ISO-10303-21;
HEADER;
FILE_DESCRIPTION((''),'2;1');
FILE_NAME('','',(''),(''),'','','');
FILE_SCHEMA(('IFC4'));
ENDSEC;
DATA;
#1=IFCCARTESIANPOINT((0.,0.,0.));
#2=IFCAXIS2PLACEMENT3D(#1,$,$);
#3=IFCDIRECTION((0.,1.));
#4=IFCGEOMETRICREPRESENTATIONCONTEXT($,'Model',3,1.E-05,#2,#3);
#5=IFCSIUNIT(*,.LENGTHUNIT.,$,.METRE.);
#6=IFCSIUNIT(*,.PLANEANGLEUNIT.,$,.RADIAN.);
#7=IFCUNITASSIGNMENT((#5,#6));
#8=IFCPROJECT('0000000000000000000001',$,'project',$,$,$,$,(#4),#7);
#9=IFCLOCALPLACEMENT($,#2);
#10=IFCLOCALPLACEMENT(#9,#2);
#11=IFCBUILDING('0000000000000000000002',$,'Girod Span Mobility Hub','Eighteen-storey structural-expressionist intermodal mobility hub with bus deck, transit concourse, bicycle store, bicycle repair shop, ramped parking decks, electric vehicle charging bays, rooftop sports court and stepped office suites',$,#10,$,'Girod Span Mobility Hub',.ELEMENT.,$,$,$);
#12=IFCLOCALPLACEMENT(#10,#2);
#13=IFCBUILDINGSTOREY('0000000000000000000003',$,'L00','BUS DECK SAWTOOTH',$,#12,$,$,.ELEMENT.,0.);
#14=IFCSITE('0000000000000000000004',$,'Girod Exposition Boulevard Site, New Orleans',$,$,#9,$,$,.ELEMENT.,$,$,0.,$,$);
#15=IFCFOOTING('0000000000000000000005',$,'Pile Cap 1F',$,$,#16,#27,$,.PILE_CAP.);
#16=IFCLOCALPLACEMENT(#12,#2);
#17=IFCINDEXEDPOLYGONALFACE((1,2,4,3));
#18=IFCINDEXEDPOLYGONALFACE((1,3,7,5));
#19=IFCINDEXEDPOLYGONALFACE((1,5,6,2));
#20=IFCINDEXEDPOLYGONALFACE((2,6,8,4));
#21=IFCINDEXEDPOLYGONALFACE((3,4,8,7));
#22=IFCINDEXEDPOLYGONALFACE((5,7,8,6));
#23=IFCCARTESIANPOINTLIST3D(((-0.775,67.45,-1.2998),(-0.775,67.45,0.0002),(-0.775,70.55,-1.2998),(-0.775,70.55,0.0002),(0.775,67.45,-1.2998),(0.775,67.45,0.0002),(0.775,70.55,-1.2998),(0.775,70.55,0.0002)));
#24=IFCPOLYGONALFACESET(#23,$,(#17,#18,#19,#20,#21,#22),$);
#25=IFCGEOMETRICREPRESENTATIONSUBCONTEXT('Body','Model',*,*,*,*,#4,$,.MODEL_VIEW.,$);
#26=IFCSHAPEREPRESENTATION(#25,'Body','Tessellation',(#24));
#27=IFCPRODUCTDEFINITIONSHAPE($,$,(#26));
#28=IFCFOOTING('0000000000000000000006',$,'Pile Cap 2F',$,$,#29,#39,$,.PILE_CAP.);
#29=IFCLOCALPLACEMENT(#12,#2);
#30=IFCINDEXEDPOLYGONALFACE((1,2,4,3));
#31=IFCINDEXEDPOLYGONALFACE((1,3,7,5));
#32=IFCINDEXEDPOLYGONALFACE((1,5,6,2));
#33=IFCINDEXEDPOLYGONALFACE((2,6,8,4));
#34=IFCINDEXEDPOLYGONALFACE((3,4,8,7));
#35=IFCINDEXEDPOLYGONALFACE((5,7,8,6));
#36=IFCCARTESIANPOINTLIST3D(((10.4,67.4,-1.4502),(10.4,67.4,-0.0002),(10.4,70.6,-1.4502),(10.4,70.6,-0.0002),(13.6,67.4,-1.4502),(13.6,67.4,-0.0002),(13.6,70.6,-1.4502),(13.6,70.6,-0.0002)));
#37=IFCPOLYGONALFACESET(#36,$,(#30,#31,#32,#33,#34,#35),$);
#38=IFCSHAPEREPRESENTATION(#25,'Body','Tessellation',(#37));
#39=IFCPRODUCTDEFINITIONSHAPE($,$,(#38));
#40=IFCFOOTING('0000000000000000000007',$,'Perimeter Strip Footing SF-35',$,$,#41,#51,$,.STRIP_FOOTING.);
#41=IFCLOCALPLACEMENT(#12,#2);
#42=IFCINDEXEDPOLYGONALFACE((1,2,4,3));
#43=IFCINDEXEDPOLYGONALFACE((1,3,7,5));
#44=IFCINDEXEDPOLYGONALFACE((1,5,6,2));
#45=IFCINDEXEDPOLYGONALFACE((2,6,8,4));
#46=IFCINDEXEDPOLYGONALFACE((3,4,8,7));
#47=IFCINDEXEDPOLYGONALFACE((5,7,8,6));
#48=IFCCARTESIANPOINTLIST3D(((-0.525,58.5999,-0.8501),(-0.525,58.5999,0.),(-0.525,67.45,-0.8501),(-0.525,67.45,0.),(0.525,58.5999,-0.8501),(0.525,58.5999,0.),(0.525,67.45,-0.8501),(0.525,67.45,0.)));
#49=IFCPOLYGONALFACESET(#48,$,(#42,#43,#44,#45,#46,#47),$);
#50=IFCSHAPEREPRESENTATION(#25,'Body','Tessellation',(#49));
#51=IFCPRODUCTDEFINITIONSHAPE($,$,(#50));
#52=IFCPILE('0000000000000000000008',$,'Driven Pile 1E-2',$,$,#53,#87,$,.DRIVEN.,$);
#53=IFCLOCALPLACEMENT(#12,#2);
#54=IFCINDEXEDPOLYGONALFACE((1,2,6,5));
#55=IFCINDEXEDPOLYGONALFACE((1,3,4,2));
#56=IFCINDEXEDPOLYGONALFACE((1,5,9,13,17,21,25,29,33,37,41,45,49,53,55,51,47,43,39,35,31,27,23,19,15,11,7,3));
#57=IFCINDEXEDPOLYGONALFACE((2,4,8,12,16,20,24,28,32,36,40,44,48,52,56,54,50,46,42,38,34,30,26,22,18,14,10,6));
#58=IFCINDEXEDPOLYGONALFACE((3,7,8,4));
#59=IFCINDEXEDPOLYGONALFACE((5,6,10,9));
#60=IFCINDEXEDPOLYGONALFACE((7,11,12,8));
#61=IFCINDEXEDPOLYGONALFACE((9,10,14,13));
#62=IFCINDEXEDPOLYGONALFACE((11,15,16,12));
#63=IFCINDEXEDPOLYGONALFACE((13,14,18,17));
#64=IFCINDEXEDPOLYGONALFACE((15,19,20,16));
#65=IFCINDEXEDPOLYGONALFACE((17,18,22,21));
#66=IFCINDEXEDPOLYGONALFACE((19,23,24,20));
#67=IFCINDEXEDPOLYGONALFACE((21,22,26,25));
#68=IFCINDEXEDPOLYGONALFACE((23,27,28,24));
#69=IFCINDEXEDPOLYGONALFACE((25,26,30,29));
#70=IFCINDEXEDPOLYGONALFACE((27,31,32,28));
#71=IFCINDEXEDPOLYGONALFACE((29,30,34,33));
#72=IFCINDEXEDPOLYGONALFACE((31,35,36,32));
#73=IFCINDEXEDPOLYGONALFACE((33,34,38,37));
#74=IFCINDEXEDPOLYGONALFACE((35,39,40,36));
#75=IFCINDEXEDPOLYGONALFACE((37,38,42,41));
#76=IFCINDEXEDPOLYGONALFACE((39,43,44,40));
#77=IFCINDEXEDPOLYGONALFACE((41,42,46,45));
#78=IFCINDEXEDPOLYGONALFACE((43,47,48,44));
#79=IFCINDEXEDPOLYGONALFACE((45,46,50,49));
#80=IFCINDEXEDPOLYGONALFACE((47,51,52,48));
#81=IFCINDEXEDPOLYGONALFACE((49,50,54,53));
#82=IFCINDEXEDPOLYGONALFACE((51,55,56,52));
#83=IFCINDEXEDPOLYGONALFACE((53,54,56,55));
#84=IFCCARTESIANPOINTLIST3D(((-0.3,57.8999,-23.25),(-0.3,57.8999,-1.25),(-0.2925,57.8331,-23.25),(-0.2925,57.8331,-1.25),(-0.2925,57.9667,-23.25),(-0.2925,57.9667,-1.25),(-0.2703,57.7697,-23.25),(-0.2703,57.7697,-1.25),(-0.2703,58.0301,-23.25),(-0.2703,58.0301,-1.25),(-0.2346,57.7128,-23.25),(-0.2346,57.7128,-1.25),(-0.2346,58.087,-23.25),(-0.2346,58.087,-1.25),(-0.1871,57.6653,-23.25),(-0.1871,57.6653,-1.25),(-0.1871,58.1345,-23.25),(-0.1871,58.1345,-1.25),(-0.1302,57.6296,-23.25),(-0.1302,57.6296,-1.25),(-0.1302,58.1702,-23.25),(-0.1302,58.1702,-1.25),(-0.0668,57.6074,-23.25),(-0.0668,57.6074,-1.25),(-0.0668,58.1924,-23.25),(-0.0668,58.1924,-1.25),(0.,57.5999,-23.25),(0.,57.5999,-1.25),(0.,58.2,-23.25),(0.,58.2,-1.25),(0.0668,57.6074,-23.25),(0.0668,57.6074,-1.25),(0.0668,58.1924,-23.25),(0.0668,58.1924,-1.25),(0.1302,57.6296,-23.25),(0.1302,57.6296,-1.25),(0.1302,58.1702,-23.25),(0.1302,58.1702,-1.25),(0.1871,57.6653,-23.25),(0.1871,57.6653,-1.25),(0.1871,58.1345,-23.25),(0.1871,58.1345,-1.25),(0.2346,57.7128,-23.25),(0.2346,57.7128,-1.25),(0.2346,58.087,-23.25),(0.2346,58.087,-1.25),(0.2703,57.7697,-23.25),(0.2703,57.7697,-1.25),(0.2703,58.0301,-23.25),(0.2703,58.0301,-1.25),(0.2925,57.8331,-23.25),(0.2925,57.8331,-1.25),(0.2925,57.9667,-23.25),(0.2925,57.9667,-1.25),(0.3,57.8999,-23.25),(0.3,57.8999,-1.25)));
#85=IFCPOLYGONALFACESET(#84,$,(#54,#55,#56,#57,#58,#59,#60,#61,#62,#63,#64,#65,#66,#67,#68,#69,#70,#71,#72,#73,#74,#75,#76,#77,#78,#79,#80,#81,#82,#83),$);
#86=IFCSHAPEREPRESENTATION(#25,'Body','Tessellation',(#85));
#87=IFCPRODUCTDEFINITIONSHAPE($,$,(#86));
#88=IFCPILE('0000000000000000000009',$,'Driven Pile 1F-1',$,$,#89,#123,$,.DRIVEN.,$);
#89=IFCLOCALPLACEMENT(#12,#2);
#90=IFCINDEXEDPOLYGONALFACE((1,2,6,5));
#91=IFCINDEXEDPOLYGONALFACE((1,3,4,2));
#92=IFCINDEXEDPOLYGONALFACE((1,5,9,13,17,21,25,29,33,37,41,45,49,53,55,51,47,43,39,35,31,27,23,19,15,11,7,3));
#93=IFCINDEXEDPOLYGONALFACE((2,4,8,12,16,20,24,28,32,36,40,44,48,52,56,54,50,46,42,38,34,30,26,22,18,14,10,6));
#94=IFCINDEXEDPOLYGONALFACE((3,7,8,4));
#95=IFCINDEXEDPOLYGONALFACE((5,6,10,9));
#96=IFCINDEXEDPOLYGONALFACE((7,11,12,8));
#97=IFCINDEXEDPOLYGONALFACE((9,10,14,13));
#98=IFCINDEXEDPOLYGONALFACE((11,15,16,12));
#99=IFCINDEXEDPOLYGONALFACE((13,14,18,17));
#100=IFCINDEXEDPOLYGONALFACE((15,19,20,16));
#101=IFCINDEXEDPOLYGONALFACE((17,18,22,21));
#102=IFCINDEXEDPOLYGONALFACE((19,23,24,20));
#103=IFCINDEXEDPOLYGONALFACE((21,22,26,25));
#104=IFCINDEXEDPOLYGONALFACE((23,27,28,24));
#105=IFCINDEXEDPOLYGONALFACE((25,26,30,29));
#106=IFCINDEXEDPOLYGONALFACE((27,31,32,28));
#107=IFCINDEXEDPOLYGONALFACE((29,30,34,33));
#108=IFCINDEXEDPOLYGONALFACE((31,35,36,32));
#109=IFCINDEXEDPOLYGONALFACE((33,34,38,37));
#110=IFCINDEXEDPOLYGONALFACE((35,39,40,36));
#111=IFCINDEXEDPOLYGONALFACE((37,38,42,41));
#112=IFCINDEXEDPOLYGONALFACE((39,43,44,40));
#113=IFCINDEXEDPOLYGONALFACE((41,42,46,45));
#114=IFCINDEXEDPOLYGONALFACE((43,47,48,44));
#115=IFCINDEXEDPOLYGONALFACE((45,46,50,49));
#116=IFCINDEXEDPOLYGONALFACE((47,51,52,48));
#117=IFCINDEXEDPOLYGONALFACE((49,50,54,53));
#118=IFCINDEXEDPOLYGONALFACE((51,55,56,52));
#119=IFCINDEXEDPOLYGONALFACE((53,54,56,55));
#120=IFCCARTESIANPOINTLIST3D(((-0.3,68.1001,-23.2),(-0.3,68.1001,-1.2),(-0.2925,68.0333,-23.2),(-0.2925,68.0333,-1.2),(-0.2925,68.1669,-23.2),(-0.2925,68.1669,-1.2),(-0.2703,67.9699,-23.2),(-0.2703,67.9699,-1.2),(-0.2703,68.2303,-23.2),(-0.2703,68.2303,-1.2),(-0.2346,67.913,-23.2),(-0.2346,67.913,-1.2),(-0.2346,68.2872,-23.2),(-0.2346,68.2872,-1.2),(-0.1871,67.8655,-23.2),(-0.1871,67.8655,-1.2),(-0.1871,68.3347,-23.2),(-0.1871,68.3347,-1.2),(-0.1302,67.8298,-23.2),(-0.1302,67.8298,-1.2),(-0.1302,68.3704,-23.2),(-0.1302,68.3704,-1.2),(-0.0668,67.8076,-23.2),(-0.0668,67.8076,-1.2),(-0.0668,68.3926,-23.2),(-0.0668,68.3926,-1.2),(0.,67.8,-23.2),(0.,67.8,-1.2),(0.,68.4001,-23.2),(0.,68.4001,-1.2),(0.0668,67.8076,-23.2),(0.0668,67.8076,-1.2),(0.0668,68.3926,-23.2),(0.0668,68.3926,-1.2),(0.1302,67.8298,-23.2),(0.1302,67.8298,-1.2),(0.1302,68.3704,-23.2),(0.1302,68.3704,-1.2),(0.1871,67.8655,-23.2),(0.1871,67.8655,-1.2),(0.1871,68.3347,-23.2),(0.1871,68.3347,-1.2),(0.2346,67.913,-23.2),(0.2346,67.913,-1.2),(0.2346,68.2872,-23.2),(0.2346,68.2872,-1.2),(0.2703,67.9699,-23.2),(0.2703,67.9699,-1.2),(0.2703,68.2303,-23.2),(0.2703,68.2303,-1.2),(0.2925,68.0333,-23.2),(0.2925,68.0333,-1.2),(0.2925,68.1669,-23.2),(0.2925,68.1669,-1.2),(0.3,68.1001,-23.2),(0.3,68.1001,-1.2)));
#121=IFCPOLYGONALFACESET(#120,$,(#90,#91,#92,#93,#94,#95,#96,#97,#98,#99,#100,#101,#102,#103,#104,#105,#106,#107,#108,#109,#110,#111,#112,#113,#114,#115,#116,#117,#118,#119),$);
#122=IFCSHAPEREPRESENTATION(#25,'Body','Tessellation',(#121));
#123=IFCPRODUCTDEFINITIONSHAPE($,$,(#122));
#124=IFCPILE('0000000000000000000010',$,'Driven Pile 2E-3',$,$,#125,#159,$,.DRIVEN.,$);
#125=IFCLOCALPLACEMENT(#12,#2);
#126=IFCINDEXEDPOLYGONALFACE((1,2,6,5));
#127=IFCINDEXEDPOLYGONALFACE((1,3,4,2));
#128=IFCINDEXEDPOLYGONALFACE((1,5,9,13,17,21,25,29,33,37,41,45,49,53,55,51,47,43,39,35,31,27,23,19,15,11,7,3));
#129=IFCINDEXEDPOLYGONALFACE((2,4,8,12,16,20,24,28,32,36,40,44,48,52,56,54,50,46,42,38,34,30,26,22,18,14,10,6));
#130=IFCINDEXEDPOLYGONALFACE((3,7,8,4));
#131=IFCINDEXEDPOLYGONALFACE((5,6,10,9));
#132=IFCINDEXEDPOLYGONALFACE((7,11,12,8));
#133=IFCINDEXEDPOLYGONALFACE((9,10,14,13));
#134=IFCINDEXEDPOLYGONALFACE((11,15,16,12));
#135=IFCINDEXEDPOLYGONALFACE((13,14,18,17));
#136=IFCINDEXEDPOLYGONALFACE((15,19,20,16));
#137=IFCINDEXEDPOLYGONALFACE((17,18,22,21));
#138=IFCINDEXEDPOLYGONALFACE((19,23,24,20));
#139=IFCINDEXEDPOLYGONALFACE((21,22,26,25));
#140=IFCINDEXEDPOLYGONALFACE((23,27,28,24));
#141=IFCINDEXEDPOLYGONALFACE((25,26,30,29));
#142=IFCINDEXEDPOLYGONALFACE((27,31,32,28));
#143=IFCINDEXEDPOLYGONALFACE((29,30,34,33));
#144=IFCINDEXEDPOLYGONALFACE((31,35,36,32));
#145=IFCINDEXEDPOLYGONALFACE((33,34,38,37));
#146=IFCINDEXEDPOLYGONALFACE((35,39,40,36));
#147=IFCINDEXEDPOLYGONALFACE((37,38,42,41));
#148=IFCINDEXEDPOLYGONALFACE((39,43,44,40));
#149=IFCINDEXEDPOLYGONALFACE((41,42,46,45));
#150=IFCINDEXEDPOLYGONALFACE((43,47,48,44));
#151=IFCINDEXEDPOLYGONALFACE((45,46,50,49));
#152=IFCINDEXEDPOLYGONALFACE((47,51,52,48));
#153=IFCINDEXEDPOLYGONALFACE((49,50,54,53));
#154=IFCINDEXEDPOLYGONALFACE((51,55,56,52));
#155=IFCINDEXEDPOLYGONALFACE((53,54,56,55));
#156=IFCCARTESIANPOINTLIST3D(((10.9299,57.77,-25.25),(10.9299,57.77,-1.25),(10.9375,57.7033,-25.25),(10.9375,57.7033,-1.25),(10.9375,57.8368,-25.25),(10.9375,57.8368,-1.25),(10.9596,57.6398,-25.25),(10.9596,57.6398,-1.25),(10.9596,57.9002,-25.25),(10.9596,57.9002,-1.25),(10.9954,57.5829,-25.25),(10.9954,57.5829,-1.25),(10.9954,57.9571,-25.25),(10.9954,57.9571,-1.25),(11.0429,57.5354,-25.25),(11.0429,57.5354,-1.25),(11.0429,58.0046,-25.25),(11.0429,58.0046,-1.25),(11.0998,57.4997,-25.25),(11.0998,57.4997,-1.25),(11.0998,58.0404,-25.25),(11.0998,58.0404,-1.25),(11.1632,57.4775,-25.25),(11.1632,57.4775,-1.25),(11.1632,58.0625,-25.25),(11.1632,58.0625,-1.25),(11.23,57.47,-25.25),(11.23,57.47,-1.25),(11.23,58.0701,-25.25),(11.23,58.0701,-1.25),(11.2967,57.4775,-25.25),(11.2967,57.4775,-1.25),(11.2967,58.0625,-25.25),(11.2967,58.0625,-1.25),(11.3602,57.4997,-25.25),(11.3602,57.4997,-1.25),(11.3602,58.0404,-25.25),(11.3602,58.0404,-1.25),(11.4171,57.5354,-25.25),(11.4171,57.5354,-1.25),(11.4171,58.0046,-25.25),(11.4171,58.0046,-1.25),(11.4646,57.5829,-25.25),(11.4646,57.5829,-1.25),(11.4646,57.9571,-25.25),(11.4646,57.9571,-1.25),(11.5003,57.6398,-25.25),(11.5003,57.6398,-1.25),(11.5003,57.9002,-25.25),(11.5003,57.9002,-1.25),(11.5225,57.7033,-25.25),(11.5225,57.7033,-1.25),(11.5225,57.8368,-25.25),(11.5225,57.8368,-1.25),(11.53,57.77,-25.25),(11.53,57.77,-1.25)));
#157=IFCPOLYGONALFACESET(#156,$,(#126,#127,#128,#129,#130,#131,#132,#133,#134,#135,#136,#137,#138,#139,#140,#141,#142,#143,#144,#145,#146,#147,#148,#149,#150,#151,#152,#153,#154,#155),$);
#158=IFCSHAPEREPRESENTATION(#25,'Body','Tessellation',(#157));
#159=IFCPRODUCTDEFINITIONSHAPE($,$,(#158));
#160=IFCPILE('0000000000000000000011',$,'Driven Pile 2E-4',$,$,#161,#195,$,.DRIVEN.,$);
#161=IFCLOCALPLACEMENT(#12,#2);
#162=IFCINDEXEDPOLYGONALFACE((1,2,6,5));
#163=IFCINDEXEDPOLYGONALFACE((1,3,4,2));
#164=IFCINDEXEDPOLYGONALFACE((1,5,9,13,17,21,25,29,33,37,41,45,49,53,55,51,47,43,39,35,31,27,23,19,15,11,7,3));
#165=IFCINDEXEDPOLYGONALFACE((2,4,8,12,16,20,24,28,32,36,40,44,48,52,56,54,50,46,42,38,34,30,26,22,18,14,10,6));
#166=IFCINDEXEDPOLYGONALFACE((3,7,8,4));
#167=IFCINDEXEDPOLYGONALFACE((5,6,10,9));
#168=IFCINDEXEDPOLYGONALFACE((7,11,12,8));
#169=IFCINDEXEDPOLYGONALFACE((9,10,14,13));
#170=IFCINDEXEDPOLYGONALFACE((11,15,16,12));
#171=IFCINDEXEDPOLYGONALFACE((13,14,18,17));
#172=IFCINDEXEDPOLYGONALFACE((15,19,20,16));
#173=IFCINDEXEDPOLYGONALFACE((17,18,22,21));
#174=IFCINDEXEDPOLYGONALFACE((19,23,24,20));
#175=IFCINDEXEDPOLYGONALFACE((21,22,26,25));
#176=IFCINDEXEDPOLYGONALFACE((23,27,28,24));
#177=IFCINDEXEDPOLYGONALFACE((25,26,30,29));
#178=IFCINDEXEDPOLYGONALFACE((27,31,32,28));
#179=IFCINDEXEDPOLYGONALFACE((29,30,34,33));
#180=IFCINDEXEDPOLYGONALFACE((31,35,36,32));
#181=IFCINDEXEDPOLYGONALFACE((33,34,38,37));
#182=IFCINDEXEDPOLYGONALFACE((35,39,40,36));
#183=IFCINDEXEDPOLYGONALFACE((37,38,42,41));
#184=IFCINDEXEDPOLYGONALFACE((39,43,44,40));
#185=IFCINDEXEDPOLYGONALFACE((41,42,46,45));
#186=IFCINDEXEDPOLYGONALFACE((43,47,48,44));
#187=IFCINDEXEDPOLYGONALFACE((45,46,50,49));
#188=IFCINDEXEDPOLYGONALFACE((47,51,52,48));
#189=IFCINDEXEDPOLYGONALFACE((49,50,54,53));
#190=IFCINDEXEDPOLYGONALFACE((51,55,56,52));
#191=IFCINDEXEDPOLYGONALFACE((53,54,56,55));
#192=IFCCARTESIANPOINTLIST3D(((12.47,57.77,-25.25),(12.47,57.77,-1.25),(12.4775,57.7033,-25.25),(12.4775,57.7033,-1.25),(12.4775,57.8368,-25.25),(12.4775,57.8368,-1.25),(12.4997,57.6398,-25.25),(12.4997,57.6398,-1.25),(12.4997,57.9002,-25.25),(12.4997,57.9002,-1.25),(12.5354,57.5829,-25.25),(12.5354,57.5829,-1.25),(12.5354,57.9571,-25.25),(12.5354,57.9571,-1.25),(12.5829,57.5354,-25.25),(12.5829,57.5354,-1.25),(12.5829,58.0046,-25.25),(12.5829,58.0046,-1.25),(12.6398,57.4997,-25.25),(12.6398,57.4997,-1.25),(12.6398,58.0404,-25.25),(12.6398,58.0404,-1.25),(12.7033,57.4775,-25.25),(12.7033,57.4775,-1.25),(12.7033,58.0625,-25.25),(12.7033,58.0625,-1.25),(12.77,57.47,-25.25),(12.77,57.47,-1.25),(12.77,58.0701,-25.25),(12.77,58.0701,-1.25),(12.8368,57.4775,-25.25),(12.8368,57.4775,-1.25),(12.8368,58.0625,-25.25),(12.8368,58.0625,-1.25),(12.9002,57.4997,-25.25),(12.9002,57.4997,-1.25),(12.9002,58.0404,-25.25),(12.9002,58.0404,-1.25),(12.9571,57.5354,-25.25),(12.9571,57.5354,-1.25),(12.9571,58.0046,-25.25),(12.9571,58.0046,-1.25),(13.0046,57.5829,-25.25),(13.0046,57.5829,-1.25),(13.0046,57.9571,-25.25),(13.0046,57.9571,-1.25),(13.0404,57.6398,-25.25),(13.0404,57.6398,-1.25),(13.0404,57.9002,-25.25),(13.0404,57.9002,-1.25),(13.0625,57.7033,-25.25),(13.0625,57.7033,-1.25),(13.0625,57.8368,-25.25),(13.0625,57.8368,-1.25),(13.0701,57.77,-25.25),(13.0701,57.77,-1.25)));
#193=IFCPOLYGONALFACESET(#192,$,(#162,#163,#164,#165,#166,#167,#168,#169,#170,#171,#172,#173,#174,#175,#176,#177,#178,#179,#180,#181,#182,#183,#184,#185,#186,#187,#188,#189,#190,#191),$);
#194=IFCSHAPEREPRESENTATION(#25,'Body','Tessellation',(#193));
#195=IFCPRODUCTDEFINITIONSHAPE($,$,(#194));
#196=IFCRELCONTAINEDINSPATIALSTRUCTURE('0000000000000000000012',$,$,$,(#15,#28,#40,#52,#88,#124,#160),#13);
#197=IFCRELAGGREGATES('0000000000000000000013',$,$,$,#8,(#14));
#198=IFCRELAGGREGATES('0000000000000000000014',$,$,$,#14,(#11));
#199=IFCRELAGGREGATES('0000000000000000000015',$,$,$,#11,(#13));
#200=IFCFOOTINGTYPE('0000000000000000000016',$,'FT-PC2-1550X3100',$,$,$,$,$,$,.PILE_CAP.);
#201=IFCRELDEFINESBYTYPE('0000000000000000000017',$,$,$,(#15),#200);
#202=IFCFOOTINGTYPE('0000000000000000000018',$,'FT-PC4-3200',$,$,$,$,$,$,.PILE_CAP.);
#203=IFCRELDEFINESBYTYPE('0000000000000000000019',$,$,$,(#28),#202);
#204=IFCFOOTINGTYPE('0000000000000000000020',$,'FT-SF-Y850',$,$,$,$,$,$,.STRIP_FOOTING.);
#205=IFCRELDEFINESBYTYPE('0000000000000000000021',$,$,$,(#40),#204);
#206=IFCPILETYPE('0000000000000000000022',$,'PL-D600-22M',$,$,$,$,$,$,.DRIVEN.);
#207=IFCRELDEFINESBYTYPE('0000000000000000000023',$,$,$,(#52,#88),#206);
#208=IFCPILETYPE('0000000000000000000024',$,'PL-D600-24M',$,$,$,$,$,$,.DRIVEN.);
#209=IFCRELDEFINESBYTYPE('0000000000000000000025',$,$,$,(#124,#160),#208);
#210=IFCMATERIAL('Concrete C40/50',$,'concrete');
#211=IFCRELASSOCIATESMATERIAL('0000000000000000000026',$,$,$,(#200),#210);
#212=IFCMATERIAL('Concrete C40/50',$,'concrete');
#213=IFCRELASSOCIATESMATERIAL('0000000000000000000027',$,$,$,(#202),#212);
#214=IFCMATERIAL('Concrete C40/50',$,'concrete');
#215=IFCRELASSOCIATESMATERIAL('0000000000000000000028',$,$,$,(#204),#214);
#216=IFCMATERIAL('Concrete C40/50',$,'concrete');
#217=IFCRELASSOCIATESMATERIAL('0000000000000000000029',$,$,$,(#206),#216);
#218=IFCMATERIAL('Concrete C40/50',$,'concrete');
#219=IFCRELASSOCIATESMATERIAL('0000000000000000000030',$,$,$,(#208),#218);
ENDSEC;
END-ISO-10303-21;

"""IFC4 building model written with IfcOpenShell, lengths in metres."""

from ifc_helpers import new_model, si_unit, direction, frame, origin, origin_2d, place, context, subcontext, project, spatial, rectangle, circle, extrude, material, material_profile, profile_set, type_object, element, save


model = new_model("IFC4")

# Units and contexts
model_context = context("Model", 3, precision=1e-05, world=origin(), true_north=direction((0.0, 1.0)))
body_context = subcontext(model_context, "Body", "Model", "MODEL_VIEW")
ifc_project = project(units=[si_unit("LENGTHUNIT", "METRE"), si_unit("PLANEANGLEUNIT", "RADIAN")], contexts=[model_context])

# Site, building, storey
site_placement = place(None, origin())
site = spatial("IfcSite", under=ifc_project, at=site_placement, Name="Girod Exposition Boulevard Site, New Orleans", CompositionType="ELEMENT", RefElevation=0.0)
building_placement = place(site_placement, origin())
building = spatial("IfcBuilding", under=site, at=building_placement, Name="Girod Span Mobility Hub", Description="Eighteen-storey structural-expressionist intermodal mobility hub with bus deck, transit concourse, bicycle store, bicycle repair shop, ramped parking decks, electric vehicle charging bays, rooftop sports court and stepped office suites", LongName="Girod Span Mobility Hub", CompositionType="ELEMENT")
storey_placement = place(building_placement, origin())
storey = spatial("IfcBuildingStorey", under=building, at=storey_placement, Name="L00", Description="BUS DECK SAWTOOTH", CompositionType="ELEMENT", Elevation=0.0)

# Footings
ifc_material_1 = material(Name="Concrete C40/50", Category="concrete")
footing_type_1 = type_object("IfcFootingType", Name="FT-PC2-1550X3100", PredefinedType="PILE_CAP", material=ifc_material_1)
footing_1_placement = place(storey_placement, frame((0.0, 69.0, -1.2998), z_axis=(0.0, 0.0, 1.0), x_axis=(1.0, 0.0, 0.0)))
element("IfcFooting", 1, at=footing_1_placement, inside=storey, type_object=footing_type_1, Name="Pile Cap 1F", PredefinedType="PILE_CAP", context=body_context, shape_type="SweptSolid", body=[
    extrude(rectangle(XDim=1.55, YDim=3.1001, at=origin_2d()), origin(), (0.0, 0.0, 1.0), 1.3),
])
ifc_material_2 = material(Name="Concrete C40/50", Category="concrete")
footing_type_2 = type_object("IfcFootingType", Name="FT-PC4-3200", PredefinedType="PILE_CAP", material=ifc_material_2)
footing_2_placement = place(storey_placement, frame((12.0, 69.0, -1.4502), z_axis=(0.0, 0.0, 1.0), x_axis=(1.0, 0.0, 0.0)))
element("IfcFooting", 2, at=footing_2_placement, inside=storey, type_object=footing_type_2, Name="Pile Cap 2F", PredefinedType="PILE_CAP", context=body_context, shape_type="SweptSolid", body=[
    extrude(rectangle(XDim=3.2, YDim=3.2, at=origin_2d()), origin(), (0.0, 0.0, 1.0), 1.45),
])
ifc_material_3 = material(Name="Concrete C40/50", Category="concrete")
footing_type_3 = type_object("IfcFootingType", Name="FT-SF-Y850", PredefinedType="STRIP_FOOTING", material=ifc_material_3)
footing_3_placement = place(storey_placement, frame((0.0, 63.0249, -0.8501), z_axis=(0.0, 0.0, 1.0), x_axis=(1.0, 0.0, 0.0)))
element("IfcFooting", 3, at=footing_3_placement, inside=storey, type_object=footing_type_3, Name="Perimeter Strip Footing SF-35", PredefinedType="STRIP_FOOTING", context=body_context, shape_type="SweptSolid", body=[
    extrude(rectangle(XDim=1.05, YDim=8.8501, at=origin_2d()), origin(), (0.0, 0.0, 1.0), 0.8501),
])

# Piles
ifc_material_4 = material(Name="Concrete C40/50", Category="concrete")
ifc_material_profile_1 = material_profile(ifc_material_4, circle(Radius=0.3, at=origin_2d()), Name="PILE-D600")
ifc_profile_set_1 = profile_set([ifc_material_profile_1], Name="Concrete C40/50")
pile_type_1 = type_object("IfcPileType", Name="PL-D600-22M", PredefinedType="DRIVEN", material=ifc_profile_set_1)
for number, where, z_axis, x_axis, name in (
    (4, (0.0, 57.8999, -1.25), (0.0, 0.0, -1.0), (1.0, 0.0, 0.0), "Driven Pile 1E-2"),
    (5, (0.0, 68.1001, -1.2), (0.0, 0.0, -1.0), (1.0, 0.0, 0.0), "Driven Pile 1F-1"),
):
    element("IfcPile", number, at=place(storey_placement, frame(where, z_axis=z_axis, x_axis=x_axis)), inside=storey, type_object=pile_type_1, Name=name, PredefinedType="DRIVEN", context=body_context, shape_type="SweptSolid", body=[
        extrude(circle(Radius=0.3, at=origin_2d()), origin(), (0.0, 0.0, 1.0), 22.0),
    ])
ifc_material_5 = material(Name="Concrete C40/50", Category="concrete")
ifc_material_profile_2 = material_profile(ifc_material_5, circle(Radius=0.3, at=origin_2d()), Name="PILE-D600")
ifc_profile_set_2 = profile_set([ifc_material_profile_2], Name="Concrete C40/50")
pile_type_2 = type_object("IfcPileType", Name="PL-D600-24M", PredefinedType="DRIVEN", material=ifc_profile_set_2)
for number, where, z_axis, x_axis, name in (
    (6, (11.23, 57.77, -1.25), (0.0, 0.0, -1.0), (1.0, 0.0, 0.0), "Driven Pile 2E-3"),
    (7, (12.77, 57.77, -1.25), (0.0, 0.0, -1.0), (1.0, 0.0, 0.0), "Driven Pile 2E-4"),
):
    element("IfcPile", number, at=place(storey_placement, frame(where, z_axis=z_axis, x_axis=x_axis)), inside=storey, type_object=pile_type_2, Name=name, PredefinedType="DRIVEN", context=body_context, shape_type="SweptSolid", body=[
        extrude(circle(Radius=0.3, at=origin_2d()), origin(), (0.0, 0.0, 1.0), 24.0),
    ])

save(model, "model.ifc")
